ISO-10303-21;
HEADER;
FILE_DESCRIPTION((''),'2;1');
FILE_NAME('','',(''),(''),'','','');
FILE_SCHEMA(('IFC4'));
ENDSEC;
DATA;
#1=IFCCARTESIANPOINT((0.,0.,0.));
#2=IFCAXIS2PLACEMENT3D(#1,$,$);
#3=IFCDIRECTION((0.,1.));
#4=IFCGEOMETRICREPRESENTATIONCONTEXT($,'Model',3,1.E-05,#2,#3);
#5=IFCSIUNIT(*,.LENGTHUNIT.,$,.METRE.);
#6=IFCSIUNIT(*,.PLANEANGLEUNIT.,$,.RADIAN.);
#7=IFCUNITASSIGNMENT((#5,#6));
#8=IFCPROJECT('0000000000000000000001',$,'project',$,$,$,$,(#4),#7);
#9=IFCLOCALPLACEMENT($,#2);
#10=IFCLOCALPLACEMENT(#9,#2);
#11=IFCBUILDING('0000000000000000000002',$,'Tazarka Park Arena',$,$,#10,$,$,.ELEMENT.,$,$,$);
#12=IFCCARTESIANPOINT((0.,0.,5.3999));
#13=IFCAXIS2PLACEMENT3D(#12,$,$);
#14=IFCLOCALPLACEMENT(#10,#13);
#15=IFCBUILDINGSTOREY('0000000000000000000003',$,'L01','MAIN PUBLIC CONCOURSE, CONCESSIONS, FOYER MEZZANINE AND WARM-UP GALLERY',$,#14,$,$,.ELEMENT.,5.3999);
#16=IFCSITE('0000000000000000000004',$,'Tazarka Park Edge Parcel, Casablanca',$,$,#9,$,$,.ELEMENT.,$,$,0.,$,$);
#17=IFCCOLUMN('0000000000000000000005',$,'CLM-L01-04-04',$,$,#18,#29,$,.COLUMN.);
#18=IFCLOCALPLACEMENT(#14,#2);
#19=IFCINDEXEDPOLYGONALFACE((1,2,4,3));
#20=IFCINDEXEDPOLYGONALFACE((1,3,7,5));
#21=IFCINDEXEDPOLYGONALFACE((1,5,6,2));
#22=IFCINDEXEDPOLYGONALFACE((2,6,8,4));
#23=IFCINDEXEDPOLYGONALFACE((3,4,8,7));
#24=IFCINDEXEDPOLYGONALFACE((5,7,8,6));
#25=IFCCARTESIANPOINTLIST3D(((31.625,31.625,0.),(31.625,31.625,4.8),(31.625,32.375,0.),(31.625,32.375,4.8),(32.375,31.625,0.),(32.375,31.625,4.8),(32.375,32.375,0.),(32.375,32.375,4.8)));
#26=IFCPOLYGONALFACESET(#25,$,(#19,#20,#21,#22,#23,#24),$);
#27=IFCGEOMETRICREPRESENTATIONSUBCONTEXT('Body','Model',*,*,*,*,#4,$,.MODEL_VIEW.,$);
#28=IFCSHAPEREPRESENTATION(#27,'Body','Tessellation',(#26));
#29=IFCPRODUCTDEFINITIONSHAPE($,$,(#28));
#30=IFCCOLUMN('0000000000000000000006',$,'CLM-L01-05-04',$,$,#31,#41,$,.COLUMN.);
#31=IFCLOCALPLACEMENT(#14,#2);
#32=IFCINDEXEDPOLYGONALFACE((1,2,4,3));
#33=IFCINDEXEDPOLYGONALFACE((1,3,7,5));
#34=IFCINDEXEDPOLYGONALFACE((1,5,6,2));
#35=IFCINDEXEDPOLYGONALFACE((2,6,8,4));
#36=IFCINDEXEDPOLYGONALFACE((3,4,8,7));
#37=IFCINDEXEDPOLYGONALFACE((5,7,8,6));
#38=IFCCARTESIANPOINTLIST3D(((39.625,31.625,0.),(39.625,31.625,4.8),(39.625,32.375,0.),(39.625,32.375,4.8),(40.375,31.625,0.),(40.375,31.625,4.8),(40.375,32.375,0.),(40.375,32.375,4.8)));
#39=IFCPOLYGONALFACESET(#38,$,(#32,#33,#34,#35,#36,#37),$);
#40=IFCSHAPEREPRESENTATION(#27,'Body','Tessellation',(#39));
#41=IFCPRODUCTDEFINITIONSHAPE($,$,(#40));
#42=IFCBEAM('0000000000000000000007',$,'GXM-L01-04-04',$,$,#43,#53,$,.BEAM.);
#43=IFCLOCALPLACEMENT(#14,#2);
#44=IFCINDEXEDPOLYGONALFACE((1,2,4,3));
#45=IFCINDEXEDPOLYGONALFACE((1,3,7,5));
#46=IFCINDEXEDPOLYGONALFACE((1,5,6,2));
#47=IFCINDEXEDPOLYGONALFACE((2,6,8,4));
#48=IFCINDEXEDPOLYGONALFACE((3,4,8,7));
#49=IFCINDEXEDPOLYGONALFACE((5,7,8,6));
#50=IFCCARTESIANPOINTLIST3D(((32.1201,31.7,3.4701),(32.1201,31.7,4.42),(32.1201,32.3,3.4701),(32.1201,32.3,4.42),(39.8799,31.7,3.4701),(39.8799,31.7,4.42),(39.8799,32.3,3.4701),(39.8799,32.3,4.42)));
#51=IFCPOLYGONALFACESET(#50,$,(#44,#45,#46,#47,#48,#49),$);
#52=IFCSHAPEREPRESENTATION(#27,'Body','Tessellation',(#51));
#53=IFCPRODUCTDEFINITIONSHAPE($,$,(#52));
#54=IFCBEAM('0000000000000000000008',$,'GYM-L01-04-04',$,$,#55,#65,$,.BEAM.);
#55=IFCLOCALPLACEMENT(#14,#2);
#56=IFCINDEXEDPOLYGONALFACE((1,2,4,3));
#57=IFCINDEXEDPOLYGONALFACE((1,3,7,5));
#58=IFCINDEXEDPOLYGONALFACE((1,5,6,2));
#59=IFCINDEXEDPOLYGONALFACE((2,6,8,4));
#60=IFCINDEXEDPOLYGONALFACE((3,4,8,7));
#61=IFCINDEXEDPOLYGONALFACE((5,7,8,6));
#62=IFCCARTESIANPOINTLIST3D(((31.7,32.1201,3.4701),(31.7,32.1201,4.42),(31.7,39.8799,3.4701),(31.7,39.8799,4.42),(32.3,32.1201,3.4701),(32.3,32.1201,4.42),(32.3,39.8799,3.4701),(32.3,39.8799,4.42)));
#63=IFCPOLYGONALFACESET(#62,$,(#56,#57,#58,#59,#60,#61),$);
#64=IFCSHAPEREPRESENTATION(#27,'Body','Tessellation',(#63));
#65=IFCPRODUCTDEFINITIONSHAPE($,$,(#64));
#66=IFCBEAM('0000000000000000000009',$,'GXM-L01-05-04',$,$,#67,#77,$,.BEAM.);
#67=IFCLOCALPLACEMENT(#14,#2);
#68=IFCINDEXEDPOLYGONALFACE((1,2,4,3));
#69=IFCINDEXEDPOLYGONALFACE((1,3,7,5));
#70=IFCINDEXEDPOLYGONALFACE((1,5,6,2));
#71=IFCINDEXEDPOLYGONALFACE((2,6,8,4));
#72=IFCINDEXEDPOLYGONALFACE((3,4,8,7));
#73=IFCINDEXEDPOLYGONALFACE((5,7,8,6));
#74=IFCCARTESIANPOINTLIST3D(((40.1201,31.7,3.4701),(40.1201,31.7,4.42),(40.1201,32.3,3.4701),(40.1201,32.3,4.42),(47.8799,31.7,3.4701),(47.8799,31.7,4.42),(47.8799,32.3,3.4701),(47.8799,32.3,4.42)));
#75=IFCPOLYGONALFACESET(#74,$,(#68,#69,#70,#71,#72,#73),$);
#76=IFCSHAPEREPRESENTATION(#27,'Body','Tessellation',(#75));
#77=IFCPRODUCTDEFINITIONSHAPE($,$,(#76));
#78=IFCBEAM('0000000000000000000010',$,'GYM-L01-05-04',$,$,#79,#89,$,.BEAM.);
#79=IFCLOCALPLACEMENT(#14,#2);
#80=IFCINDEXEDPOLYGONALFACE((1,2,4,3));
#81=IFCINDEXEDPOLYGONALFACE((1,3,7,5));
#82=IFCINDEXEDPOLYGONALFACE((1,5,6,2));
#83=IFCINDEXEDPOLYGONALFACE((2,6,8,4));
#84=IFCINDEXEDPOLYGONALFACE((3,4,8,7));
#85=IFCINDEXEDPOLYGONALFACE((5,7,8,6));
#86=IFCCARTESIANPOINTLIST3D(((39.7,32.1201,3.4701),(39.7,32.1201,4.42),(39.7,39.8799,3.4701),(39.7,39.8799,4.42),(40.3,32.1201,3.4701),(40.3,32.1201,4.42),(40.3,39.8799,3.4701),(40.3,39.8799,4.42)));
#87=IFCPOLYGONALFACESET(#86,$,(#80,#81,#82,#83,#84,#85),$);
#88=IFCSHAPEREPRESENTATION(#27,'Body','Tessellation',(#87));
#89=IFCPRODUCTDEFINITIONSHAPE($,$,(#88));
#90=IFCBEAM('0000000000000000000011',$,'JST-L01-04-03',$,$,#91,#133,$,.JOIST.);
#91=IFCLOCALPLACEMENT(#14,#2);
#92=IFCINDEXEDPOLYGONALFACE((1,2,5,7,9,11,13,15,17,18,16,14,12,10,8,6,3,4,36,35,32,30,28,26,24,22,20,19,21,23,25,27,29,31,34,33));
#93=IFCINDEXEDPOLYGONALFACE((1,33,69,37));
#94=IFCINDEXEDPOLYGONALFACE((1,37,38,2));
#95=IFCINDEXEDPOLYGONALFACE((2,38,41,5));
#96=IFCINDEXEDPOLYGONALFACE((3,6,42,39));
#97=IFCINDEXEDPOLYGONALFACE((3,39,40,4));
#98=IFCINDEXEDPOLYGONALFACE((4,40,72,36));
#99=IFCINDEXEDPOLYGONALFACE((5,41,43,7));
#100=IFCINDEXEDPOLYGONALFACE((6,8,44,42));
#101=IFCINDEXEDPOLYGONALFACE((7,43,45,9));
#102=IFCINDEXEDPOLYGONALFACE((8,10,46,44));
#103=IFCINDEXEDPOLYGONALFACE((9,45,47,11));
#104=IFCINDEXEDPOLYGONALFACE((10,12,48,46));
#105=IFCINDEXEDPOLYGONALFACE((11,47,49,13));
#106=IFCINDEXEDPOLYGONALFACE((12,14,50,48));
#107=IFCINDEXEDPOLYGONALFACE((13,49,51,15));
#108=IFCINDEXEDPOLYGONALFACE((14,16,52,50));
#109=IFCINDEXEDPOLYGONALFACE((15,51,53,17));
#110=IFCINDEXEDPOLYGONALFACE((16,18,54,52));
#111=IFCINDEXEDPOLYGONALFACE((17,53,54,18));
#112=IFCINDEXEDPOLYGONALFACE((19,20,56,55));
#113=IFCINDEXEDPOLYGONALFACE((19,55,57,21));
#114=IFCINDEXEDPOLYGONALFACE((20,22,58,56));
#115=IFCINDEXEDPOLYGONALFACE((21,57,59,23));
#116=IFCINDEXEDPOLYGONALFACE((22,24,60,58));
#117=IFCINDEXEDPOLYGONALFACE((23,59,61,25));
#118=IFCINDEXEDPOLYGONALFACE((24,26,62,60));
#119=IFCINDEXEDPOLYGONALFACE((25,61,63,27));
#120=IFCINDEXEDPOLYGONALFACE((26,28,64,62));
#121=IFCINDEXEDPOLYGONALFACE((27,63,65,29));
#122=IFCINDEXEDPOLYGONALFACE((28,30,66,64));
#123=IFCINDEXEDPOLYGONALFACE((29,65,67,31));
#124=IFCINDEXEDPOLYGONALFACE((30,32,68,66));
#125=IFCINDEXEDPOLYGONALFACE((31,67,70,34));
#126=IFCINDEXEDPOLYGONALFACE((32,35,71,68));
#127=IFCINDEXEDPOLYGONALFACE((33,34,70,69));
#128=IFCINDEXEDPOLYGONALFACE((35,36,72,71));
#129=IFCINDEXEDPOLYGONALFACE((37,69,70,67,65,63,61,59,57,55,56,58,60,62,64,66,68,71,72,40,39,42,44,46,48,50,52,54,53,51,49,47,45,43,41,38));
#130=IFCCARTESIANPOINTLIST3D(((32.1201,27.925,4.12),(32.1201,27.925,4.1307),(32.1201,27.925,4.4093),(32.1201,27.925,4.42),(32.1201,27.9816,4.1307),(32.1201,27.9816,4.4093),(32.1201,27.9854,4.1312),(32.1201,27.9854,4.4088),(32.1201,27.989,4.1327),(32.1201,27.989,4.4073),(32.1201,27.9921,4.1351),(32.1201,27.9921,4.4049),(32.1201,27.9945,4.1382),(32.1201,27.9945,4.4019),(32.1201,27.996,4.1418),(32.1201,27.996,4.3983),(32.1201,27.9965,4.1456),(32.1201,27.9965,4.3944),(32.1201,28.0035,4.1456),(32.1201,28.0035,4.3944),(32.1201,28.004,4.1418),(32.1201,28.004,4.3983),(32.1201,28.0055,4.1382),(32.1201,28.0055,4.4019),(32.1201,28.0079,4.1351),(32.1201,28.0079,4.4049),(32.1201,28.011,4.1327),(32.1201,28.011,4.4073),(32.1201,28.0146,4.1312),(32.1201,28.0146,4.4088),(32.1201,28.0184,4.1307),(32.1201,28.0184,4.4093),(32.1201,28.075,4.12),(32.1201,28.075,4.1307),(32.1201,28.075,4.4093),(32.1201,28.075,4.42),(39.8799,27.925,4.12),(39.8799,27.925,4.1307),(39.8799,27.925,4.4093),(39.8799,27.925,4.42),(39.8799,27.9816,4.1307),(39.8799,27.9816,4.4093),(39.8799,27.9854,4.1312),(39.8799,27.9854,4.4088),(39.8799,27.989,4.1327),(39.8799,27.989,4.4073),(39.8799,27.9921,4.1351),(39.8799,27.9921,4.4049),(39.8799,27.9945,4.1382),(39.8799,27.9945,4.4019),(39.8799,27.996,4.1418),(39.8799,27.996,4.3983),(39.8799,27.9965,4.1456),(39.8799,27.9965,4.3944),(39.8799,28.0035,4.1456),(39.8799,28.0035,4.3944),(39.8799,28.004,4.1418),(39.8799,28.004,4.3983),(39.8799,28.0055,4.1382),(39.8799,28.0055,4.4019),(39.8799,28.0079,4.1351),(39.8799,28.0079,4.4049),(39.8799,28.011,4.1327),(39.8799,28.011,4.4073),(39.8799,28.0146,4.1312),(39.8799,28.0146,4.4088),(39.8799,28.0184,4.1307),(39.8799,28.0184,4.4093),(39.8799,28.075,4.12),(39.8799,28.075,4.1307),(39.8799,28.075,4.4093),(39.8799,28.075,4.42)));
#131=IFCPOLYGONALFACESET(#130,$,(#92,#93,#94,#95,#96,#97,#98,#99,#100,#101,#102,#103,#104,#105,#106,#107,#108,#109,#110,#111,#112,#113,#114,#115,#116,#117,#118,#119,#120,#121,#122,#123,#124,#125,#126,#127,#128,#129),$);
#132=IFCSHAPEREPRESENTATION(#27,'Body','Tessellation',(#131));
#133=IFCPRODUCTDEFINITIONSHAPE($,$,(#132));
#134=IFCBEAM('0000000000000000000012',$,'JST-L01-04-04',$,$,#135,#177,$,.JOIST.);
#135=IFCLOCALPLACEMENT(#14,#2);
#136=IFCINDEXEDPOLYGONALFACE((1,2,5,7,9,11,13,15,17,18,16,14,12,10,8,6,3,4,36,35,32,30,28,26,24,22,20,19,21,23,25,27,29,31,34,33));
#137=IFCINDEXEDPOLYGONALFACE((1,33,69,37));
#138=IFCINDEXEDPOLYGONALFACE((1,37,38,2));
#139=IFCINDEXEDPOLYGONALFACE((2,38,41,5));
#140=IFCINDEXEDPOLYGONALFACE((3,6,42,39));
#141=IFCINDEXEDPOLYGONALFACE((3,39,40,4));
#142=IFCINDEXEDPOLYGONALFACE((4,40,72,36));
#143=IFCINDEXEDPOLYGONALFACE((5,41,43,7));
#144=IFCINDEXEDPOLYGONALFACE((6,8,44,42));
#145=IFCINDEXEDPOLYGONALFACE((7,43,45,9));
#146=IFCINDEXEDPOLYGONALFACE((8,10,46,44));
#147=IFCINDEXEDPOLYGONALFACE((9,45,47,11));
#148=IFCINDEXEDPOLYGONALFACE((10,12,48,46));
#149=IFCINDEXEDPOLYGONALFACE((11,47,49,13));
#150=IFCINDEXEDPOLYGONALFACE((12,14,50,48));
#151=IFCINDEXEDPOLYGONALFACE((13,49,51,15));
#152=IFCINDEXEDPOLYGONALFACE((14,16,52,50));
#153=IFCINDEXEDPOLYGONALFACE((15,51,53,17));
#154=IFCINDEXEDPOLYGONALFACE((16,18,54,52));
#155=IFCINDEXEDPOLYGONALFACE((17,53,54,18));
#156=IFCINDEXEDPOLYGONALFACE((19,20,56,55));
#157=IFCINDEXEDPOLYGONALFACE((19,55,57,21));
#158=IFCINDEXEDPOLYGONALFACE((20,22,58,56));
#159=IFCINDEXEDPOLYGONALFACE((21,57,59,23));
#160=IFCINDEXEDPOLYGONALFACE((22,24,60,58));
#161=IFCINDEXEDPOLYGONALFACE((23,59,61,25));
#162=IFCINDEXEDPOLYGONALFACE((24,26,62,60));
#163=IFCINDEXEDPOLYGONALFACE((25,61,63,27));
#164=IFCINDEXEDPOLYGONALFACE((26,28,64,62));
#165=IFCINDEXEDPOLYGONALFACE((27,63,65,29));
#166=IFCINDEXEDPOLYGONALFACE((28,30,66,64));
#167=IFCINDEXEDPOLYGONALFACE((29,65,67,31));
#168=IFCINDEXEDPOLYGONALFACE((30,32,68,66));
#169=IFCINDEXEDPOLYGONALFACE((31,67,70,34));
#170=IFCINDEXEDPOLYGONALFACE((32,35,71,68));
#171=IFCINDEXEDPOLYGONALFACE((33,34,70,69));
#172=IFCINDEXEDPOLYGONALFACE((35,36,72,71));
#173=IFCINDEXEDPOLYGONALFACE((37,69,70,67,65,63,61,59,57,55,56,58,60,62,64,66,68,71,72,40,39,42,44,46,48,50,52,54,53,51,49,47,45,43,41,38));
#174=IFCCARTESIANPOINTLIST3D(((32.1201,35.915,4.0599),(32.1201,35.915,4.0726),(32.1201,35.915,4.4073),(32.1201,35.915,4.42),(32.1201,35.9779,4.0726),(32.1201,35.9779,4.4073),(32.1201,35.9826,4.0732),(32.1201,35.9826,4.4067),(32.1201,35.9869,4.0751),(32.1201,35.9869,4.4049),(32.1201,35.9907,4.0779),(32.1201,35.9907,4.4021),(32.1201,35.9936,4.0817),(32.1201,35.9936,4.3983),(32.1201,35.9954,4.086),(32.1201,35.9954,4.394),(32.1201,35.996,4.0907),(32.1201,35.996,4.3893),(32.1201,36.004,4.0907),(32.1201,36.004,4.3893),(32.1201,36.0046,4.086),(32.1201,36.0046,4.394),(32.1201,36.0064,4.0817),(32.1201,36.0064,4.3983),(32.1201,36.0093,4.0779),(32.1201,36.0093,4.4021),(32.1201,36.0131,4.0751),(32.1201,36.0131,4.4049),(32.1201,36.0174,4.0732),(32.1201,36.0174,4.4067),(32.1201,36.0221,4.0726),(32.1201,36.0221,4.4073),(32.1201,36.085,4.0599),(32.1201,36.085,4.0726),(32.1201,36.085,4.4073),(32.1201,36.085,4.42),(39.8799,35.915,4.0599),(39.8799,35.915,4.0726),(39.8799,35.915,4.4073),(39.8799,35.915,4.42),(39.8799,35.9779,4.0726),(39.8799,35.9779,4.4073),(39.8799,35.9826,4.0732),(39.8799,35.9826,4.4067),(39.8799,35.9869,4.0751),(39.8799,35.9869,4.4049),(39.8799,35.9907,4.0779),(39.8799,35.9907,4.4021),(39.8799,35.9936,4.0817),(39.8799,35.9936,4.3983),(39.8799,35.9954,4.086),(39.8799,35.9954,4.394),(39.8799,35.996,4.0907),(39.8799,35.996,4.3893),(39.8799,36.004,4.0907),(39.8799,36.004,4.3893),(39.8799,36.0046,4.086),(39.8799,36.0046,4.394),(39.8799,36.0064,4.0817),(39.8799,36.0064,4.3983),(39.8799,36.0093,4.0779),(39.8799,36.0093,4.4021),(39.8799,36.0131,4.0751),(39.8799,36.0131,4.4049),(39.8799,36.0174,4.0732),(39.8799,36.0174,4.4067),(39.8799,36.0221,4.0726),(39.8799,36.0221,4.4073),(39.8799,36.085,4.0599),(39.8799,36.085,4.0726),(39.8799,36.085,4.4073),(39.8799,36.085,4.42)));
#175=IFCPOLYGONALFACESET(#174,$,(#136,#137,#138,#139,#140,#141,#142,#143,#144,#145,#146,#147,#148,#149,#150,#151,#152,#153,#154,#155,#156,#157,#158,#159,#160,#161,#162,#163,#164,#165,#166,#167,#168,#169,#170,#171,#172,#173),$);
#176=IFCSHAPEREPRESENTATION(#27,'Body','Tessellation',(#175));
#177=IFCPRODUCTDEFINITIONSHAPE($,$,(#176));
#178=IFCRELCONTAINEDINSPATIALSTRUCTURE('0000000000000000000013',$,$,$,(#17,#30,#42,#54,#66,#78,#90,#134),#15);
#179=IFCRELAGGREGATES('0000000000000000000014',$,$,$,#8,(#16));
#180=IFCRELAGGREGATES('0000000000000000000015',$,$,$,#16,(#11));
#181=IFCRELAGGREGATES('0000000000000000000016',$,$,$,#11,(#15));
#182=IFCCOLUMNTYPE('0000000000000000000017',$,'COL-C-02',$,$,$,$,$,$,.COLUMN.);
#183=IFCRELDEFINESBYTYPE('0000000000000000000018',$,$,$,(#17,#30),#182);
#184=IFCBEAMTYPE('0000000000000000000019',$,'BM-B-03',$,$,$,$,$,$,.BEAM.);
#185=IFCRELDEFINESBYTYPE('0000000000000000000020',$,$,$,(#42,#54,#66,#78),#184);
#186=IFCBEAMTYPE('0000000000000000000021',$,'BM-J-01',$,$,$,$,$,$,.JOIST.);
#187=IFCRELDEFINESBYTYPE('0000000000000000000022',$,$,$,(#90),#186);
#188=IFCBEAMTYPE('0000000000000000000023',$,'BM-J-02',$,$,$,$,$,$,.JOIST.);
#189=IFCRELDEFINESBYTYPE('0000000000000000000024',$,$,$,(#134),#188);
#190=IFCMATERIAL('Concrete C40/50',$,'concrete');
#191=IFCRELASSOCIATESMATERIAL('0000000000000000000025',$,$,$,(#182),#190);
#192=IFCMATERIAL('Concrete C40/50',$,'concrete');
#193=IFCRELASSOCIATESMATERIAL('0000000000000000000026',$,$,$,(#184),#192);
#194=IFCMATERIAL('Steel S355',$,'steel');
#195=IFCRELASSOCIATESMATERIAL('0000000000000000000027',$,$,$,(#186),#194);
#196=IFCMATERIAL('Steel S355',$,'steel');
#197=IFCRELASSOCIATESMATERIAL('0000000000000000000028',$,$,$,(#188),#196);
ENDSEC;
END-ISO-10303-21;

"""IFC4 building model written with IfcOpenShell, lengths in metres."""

from ifc_helpers import new_model, si_unit, direction, frame, origin, origin_2d, place, context, subcontext, project, spatial, rectangle, i_section, extrude, material, material_profile, profile_set, type_object, element, save


model = new_model("IFC4")

# Units and contexts
model_context = context("Model", 3, precision=1e-05, world=origin(), true_north=direction((0.0, 1.0)))
body_context = subcontext(model_context, "Body", "Model", "MODEL_VIEW")
ifc_project = project(units=[si_unit("LENGTHUNIT", "METRE"), si_unit("PLANEANGLEUNIT", "RADIAN")], contexts=[model_context])

# Site, building, storey
site_placement = place(None, origin())
site = spatial("IfcSite", under=ifc_project, at=site_placement, Name="Tazarka Park Edge Parcel, Casablanca", CompositionType="ELEMENT", RefElevation=0.0)
building_placement = place(site_placement, origin())
building = spatial("IfcBuilding", under=site, at=building_placement, Name="Tazarka Park Arena", CompositionType="ELEMENT")
storey_placement = place(building_placement, frame((0.0, 0.0, 5.3999)))
storey = spatial("IfcBuildingStorey", under=building, at=storey_placement, Name="L01", Description="MAIN PUBLIC CONCOURSE, CONCESSIONS, FOYER MEZZANINE AND WARM-UP GALLERY", CompositionType="ELEMENT", Elevation=5.3999)

# Columns
ifc_material_1 = material(Name="Concrete C40/50", Category="concrete")
ifc_material_profile_1 = material_profile(ifc_material_1, rectangle(XDim=0.75, YDim=0.75, at=origin_2d()), Name="Concrete C40/50")
ifc_profile_set_1 = profile_set([ifc_material_profile_1], Name="Concrete C40/50")
column_type = type_object("IfcColumnType", Name="COL-C-02", PredefinedType="COLUMN", material=ifc_profile_set_1)
for number, where, z_axis, x_axis, name in (
    (1, (32.0, 32.0, 0.0), (0.0, 0.0, 1.0), (1.0, 0.0, 0.0), "CLM-L01-04-04"),
    (2, (40.0, 32.0, 0.0), (0.0, 0.0, 1.0), (1.0, 0.0, 0.0), "CLM-L01-05-04"),
):
    element("IfcColumn", number, at=place(storey_placement, frame(where, z_axis=z_axis, x_axis=x_axis)), inside=storey, type_object=column_type, Name=name, PredefinedType="COLUMN", context=body_context, shape_type="SweptSolid", body=[
        extrude(rectangle(XDim=0.75, YDim=0.75, at=origin_2d()), origin(), (0.0, 0.0, 1.0), 4.8),
    ])

# Beams
ifc_material_2 = material(Name="Concrete C40/50", Category="concrete")
ifc_material_profile_2 = material_profile(ifc_material_2, rectangle(XDim=0.6001, YDim=0.95, at=origin_2d()), Name="Concrete C40/50")
ifc_profile_set_2 = profile_set([ifc_material_profile_2], Name="Concrete C40/50")
beam_type_1 = type_object("IfcBeamType", Name="BM-B-03", PredefinedType="BEAM", material=ifc_profile_set_2)
for number, where, z_axis, x_axis, name in (
    (3, (32.1201, 32.0, 3.9451), (1.0, 0.0, 0.0), (0.0, 1.0, 0.0), "GXM-L01-04-04"),
    (4, (32.0, 32.1201, 3.9451), (0.0, 1.0, 0.0), (-1.0, 0.0, 0.0), "GYM-L01-04-04"),
    (5, (40.1201, 32.0, 3.9451), (1.0, 0.0, 0.0), (0.0, 1.0, 0.0), "GXM-L01-05-04"),
    (6, (40.0, 32.1201, 3.9451), (0.0, 1.0, 0.0), (-1.0, 0.0, 0.0), "GYM-L01-05-04"),
):
    element("IfcBeam", number, at=place(storey_placement, frame(where, z_axis=z_axis, x_axis=x_axis)), inside=storey, type_object=beam_type_1, Name=name, PredefinedType="BEAM", context=body_context, shape_type="SweptSolid", body=[
        extrude(rectangle(XDim=0.6001, YDim=0.95, at=origin_2d()), origin(), (0.0, 0.0, 1.0), 7.7598),
    ])
ifc_material_3 = material(Name="Steel S355", Category="steel")
ifc_material_profile_3 = material_profile(ifc_material_3, i_section(OverallWidth=0.1499, OverallDepth=0.3, WebThickness=0.0071, FlangeThickness=0.0107, FilletRadius=0.0149, at=origin_2d()), Name="Steel S355")
ifc_profile_set_3 = profile_set([ifc_material_profile_3], Name="Steel S355")
beam_type_2 = type_object("IfcBeamType", Name="BM-J-01", PredefinedType="JOIST", material=ifc_profile_set_3)
beam_1_placement = place(storey_placement, frame((32.1201, 28.0, 4.27), z_axis=(1.0, 0.0, 0.0), x_axis=(0.0, 1.0, 0.0)))
element("IfcBeam", 7, at=beam_1_placement, inside=storey, type_object=beam_type_2, Name="JST-L01-04-03", PredefinedType="JOIST", context=body_context, shape_type="SweptSolid", body=[
    extrude(i_section(OverallWidth=0.1499, OverallDepth=0.3, WebThickness=0.0071, FlangeThickness=0.0107, FilletRadius=0.0149, at=origin_2d()), origin(), (0.0, 0.0, 1.0), 7.7598),
])
ifc_material_4 = material(Name="Steel S355", Category="steel")
ifc_material_profile_4 = material_profile(ifc_material_4, i_section(OverallWidth=0.1699, OverallDepth=0.3601, WebThickness=0.0081, FlangeThickness=0.0127, FilletRadius=0.0181, at=origin_2d()), Name="Steel S355")
ifc_profile_set_4 = profile_set([ifc_material_profile_4], Name="Steel S355")
beam_type_3 = type_object("IfcBeamType", Name="BM-J-02", PredefinedType="JOIST", material=ifc_profile_set_4)
for number, where, z_axis, x_axis, name in (
    (8, (32.1201, 36.0, 4.24), (1.0, 0.0, 0.0), (0.0, 1.0, 0.0), "JST-L01-04-04"),
):
    element("IfcBeam", number, at=place(storey_placement, frame(where, z_axis=z_axis, x_axis=x_axis)), inside=storey, type_object=beam_type_3, Name=name, PredefinedType="JOIST", context=body_context, shape_type="SweptSolid", body=[
        extrude(i_section(OverallWidth=0.1699, OverallDepth=0.3601, WebThickness=0.0081, FlangeThickness=0.0127, FilletRadius=0.0181, at=origin_2d()), origin(), (0.0, 0.0, 1.0), 7.7598),
    ])

save(model, "model.ifc")
